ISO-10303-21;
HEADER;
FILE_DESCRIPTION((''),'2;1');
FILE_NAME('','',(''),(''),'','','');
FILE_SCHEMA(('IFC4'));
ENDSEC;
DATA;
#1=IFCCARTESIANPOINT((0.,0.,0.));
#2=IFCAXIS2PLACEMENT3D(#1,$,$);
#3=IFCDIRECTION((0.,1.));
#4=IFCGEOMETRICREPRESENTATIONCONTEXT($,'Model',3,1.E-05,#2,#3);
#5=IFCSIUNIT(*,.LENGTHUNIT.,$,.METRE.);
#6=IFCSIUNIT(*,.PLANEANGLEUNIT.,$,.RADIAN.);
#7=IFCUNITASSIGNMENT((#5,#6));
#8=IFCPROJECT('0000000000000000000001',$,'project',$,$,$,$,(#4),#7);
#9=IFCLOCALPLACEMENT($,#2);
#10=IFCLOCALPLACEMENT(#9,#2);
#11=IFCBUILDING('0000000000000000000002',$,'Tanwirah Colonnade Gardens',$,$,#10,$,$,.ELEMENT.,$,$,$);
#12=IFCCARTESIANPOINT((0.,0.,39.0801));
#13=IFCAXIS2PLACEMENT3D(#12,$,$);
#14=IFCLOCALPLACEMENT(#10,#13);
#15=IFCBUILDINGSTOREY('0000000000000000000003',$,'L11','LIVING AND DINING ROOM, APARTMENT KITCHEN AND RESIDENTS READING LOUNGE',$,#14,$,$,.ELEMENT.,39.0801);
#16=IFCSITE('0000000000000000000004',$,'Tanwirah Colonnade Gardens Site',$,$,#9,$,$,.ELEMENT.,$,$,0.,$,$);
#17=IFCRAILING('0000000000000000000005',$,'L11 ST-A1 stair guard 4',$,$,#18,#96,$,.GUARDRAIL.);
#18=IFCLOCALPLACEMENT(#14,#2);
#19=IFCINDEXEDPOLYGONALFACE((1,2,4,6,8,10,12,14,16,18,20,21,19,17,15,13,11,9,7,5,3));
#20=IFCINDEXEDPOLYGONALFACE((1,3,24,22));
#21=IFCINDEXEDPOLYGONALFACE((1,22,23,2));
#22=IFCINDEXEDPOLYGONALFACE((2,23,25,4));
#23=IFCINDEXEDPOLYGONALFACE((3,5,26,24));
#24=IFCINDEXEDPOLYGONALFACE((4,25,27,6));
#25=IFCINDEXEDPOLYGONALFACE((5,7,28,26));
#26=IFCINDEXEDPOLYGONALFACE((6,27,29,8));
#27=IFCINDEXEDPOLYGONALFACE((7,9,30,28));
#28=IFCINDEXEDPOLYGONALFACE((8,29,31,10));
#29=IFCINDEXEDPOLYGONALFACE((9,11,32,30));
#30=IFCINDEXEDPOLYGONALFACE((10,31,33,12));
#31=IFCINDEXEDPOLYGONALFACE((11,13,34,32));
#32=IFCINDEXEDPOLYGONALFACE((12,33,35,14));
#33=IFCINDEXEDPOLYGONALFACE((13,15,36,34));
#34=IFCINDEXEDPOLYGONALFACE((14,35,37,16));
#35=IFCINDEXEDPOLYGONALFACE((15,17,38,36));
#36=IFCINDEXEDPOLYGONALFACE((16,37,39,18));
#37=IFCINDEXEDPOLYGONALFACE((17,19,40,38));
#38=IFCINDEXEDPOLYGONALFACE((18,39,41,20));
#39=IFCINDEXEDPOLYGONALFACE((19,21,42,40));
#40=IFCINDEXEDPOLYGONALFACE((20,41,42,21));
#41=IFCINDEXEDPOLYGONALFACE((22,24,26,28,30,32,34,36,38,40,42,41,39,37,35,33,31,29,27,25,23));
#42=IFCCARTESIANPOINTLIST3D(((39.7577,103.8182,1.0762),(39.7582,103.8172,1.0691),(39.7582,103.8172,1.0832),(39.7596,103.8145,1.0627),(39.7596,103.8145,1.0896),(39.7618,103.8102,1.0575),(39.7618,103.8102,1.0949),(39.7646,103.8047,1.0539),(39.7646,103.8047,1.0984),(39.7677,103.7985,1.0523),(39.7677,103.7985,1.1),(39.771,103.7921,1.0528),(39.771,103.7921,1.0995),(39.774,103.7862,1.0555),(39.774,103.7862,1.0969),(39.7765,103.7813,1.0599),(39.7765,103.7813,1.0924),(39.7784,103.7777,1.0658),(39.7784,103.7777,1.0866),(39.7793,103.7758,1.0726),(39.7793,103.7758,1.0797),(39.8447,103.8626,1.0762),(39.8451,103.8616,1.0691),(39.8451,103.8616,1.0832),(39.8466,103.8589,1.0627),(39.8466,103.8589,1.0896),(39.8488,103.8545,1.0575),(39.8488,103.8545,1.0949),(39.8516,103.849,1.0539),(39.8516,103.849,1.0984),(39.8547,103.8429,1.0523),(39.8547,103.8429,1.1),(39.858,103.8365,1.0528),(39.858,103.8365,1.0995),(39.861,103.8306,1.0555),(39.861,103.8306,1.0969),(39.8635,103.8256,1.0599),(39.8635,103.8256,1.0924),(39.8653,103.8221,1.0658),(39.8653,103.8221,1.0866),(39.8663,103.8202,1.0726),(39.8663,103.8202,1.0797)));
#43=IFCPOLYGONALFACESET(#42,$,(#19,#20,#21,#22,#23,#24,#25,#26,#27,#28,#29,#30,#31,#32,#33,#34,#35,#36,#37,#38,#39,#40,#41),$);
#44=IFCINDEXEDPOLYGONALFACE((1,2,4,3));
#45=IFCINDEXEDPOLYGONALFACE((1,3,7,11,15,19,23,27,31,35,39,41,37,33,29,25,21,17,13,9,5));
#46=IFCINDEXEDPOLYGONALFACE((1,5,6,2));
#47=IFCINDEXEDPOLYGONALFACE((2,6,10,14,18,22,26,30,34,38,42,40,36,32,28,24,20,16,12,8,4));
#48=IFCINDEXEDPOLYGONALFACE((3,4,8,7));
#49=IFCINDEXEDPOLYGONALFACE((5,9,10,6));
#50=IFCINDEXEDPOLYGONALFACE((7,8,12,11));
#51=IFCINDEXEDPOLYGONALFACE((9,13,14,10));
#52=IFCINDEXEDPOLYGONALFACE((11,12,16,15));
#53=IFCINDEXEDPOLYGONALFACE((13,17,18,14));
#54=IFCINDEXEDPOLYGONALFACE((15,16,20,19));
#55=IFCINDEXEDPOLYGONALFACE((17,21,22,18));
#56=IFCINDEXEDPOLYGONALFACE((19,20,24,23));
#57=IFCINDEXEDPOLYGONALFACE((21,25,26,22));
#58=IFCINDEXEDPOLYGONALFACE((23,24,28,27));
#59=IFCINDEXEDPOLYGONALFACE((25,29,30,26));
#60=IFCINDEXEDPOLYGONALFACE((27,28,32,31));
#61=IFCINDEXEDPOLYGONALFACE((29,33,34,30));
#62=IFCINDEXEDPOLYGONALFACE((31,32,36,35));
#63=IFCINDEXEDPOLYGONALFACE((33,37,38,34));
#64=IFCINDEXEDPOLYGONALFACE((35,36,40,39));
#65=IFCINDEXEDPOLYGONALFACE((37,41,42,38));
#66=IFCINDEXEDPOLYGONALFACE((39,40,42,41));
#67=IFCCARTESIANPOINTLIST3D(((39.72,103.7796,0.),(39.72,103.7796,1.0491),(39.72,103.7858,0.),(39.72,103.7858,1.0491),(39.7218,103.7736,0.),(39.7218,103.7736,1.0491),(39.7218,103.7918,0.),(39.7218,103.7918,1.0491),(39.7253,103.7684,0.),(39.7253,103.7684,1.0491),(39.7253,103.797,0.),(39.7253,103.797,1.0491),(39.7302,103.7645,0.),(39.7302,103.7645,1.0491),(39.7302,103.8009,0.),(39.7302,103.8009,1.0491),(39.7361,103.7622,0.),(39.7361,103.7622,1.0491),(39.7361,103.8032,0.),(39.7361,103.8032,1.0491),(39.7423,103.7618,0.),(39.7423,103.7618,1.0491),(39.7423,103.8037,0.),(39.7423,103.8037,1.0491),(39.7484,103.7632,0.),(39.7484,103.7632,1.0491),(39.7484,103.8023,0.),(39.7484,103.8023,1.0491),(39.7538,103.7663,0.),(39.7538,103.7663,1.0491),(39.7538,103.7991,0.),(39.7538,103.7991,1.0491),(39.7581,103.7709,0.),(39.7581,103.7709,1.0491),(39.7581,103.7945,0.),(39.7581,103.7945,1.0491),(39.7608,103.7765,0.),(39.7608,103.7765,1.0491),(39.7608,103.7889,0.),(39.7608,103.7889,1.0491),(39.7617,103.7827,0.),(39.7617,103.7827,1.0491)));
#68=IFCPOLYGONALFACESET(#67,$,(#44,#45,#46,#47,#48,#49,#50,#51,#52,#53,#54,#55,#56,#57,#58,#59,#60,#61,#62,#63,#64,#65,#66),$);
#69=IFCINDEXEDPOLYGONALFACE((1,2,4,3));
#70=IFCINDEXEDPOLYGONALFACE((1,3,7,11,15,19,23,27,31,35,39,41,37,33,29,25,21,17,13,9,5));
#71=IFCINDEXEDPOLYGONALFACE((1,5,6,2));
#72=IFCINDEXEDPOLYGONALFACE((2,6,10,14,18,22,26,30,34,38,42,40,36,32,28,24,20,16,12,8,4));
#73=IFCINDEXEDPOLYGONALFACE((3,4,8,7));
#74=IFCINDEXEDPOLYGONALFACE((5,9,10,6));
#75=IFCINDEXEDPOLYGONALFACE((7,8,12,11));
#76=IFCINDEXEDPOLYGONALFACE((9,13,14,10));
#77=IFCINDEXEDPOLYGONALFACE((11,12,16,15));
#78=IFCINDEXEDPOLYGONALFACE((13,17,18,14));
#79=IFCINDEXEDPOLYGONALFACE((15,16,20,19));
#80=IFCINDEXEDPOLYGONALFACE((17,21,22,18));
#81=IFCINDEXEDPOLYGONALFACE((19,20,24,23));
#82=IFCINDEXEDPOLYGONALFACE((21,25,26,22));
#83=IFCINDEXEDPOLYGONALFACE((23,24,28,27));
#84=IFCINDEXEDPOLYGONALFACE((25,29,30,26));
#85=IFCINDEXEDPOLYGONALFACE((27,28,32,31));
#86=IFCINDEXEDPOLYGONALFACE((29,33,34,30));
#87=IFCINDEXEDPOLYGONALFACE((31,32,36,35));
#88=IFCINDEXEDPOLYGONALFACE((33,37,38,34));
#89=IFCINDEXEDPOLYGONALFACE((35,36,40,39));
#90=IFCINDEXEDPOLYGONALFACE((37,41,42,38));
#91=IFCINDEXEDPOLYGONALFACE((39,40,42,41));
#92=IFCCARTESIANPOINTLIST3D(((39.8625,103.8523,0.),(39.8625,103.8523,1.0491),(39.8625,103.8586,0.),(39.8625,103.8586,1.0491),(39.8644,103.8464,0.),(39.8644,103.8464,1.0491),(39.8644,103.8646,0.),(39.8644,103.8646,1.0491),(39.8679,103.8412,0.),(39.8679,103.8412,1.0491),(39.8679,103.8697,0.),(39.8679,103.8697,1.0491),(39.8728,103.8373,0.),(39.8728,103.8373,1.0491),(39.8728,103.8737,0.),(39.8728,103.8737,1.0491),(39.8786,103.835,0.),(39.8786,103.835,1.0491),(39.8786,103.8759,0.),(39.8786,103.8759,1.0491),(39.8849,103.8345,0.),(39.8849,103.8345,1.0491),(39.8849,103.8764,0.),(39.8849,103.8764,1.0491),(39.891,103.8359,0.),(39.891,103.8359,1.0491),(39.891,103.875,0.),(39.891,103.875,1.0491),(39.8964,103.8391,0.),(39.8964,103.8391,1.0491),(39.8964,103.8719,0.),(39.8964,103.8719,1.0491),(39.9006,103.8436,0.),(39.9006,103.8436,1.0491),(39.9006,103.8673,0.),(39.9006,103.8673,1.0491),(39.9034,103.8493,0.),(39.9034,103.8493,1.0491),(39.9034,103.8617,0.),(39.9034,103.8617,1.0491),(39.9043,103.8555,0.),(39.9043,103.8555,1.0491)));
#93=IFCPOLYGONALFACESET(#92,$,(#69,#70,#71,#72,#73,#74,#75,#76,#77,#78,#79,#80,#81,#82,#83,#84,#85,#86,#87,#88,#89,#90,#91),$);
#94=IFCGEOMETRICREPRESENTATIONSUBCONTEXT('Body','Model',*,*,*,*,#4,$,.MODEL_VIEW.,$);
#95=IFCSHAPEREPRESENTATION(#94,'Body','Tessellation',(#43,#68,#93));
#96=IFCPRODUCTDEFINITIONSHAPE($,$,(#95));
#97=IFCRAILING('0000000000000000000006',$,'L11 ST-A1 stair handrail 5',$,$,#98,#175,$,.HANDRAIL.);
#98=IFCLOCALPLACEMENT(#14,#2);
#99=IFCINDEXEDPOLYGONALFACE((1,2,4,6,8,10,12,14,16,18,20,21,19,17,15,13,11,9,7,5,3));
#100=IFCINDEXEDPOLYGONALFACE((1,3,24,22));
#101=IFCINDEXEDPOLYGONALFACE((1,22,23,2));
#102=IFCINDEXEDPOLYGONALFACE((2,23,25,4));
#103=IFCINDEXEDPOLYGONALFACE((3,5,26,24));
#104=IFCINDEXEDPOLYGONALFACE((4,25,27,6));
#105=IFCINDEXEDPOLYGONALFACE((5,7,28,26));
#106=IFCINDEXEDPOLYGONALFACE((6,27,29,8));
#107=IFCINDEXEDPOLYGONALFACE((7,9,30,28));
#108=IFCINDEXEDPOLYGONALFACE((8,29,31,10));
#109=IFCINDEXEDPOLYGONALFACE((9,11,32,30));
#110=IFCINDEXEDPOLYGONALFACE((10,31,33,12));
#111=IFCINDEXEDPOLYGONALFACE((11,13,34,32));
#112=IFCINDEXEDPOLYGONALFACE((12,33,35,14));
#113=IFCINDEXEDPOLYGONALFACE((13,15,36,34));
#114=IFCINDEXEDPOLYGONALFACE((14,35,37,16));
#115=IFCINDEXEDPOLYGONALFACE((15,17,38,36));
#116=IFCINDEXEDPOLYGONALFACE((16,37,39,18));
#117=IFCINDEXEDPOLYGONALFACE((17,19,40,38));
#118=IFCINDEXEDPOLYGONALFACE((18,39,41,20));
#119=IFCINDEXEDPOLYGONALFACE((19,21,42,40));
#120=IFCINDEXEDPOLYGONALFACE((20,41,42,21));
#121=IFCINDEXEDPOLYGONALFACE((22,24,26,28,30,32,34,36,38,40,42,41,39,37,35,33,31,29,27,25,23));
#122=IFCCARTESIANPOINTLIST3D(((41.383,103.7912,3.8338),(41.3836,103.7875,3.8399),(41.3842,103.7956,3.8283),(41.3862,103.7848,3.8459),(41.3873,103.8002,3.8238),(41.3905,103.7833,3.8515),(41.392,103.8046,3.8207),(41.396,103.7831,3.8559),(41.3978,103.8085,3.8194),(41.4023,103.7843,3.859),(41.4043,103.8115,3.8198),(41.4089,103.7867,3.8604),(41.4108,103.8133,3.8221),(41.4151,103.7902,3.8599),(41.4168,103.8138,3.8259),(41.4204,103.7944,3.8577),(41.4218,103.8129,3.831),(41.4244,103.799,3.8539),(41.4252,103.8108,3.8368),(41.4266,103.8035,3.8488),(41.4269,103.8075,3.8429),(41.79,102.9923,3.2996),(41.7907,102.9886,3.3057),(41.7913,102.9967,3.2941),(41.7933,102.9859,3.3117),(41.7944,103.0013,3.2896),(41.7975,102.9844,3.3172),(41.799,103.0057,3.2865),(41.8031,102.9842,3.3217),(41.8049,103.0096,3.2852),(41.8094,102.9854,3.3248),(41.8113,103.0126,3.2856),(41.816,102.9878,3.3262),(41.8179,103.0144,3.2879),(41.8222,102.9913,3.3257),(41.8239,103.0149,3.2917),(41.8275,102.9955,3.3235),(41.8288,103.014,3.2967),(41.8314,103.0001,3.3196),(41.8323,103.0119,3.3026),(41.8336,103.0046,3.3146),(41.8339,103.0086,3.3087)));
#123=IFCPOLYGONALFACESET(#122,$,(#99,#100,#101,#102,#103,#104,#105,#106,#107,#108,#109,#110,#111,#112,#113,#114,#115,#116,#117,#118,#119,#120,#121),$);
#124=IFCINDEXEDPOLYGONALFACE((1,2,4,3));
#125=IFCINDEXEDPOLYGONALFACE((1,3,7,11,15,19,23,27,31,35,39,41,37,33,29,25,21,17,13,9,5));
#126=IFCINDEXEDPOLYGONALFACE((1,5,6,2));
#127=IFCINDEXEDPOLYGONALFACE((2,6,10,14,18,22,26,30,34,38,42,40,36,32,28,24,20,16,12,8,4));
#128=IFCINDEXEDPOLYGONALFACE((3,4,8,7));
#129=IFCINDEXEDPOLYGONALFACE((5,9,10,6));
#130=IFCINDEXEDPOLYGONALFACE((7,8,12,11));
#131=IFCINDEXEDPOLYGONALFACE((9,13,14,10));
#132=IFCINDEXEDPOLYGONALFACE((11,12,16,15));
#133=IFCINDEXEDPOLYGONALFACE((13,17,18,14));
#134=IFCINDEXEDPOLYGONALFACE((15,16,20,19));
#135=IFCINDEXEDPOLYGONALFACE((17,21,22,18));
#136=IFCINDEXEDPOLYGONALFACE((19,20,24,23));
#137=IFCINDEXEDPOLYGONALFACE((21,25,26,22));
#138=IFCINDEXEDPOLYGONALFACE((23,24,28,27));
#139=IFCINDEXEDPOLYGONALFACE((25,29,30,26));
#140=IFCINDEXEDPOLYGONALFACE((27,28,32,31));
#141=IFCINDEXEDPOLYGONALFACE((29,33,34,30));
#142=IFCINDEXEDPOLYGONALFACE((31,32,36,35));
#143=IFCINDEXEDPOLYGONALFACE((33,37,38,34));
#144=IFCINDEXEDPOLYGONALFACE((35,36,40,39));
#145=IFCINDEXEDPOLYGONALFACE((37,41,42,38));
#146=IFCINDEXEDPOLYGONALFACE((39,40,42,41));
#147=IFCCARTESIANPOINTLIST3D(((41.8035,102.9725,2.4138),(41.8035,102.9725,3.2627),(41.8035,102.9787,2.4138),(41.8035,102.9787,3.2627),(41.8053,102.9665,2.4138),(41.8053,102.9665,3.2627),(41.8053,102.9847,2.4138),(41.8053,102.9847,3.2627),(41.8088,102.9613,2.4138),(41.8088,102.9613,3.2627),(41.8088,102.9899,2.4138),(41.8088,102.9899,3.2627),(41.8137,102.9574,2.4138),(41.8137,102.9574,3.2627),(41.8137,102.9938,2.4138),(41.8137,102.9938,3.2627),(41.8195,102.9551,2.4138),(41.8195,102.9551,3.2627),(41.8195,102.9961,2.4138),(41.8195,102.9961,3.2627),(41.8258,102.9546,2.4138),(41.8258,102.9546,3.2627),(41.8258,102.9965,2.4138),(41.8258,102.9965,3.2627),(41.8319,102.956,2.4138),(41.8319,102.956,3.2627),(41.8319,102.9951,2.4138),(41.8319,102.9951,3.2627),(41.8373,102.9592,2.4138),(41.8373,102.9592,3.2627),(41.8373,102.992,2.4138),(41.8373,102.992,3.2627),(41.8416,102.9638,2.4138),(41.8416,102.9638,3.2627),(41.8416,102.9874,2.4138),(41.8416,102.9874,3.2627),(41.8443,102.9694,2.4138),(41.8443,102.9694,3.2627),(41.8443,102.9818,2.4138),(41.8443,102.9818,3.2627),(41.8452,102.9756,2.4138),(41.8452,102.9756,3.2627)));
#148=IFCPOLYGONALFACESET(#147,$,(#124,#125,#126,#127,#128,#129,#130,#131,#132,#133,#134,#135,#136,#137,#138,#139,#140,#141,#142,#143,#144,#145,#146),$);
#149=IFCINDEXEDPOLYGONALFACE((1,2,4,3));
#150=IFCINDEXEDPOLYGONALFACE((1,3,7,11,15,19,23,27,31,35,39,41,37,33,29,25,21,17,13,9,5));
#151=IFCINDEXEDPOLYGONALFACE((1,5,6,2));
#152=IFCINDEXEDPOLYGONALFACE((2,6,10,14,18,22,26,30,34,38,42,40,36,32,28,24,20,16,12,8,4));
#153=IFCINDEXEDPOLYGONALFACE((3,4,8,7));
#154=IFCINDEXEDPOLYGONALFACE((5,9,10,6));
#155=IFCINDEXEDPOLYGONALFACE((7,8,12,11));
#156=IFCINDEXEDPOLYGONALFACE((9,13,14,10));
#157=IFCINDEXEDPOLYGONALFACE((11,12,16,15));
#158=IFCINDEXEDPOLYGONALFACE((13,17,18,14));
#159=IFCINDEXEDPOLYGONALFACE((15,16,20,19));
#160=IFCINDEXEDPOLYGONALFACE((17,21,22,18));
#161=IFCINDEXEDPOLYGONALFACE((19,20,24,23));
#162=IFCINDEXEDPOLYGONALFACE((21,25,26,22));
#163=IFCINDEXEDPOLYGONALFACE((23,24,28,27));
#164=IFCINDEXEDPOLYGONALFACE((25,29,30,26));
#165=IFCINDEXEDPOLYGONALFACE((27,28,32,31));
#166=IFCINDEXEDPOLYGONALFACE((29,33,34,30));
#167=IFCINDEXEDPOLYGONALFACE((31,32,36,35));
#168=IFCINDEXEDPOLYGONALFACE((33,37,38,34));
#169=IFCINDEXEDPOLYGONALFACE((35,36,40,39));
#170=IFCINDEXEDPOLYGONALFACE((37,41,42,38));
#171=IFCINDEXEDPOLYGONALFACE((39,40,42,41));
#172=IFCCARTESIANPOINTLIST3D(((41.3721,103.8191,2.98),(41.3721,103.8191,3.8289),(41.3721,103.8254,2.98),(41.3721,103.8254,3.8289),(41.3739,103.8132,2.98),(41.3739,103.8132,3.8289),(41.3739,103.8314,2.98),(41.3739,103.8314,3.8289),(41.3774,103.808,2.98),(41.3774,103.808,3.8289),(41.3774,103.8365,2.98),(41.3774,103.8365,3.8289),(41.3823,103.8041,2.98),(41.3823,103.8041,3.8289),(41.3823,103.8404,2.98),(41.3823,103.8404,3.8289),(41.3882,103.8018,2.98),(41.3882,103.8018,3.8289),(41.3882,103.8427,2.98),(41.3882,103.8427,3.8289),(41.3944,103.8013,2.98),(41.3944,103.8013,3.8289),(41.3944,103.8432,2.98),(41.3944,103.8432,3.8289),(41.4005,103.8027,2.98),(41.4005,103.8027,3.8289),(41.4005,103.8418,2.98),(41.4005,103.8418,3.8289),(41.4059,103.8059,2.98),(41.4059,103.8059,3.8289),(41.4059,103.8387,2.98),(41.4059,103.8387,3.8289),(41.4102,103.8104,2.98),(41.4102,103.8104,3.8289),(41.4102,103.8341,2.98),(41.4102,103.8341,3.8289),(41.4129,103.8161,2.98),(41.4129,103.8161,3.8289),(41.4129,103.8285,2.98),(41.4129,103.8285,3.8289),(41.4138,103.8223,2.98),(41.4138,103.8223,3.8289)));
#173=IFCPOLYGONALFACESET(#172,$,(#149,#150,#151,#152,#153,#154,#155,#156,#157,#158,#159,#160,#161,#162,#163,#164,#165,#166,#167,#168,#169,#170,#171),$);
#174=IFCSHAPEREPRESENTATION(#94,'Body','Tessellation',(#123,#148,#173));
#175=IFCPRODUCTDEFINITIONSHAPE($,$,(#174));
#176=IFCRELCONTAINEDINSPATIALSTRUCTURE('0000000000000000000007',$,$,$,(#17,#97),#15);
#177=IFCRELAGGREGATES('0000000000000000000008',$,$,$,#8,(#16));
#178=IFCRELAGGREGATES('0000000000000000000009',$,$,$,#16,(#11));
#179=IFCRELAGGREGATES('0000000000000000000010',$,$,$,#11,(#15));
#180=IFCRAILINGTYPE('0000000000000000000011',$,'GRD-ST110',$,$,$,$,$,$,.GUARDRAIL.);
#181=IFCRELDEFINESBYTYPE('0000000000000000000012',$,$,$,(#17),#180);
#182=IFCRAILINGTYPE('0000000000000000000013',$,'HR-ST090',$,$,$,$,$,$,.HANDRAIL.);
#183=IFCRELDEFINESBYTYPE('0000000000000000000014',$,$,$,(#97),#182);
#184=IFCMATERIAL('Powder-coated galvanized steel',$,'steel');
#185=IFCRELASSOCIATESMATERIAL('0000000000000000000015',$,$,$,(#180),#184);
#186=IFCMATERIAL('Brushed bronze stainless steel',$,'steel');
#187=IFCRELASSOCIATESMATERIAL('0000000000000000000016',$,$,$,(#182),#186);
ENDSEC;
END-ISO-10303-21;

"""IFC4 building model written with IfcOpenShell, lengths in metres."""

from ifc_helpers import new_model, si_unit, direction, frame, origin, origin_2d, place, context, subcontext, project, spatial, circle, extrude, material, type_object, element, save


model = new_model("IFC4")

# Units and contexts
model_context = context("Model", 3, precision=1e-05, world=origin(), true_north=direction((0.0, 1.0)))
body_context = subcontext(model_context, "Body", "Model", "MODEL_VIEW")
ifc_project = project(units=[si_unit("LENGTHUNIT", "METRE"), si_unit("PLANEANGLEUNIT", "RADIAN")], contexts=[model_context])

# Site, building, storey
site_placement = place(None, origin())
site = spatial("IfcSite", under=ifc_project, at=site_placement, Name="Tanwirah Colonnade Gardens Site", CompositionType="ELEMENT", RefElevation=0.0)
building_placement = place(site_placement, origin())
building = spatial("IfcBuilding", under=site, at=building_placement, Name="Tanwirah Colonnade Gardens", CompositionType="ELEMENT")
storey_placement = place(building_placement, frame((0.0, 0.0, 39.0801)))
storey = spatial("IfcBuildingStorey", under=building, at=storey_placement, Name="L11", Description="LIVING AND DINING ROOM, APARTMENT KITCHEN AND RESIDENTS READING LOUNGE", CompositionType="ELEMENT", Elevation=39.0801)

# Railings
ifc_material_1 = material(Name="Powder-coated galvanized steel", Category="steel")
railing_type_1 = type_object("IfcRailingType", Name="GRD-ST110", PredefinedType="GUARDRAIL", material=ifc_material_1)
railing_1_placement = place(storey_placement, frame((39.7407, 103.7827, 0.0)))
element("IfcRailing", 1, at=railing_1_placement, inside=storey, type_object=railing_type_1, Name="L11 ST-A1 stair guard 4", PredefinedType="GUARDRAIL", context=body_context, shape_type="SweptSolid", body=[
    extrude(circle(Radius=0.0239, at=origin_2d()), frame((0.0278, 0.0142, 1.0762), z_axis=(0.890737, 0.45452, 0.0), x_axis=(-0.45452, 0.890737, 0.0)), (0.0, 0.0, 1.0), 0.0977),
    extrude(circle(Radius=0.021, at=origin_2d()), origin(), (0.0, 0.0, 1.0), 1.0491),
    extrude(circle(Radius=0.021, at=origin_2d()), frame((0.1426, 0.0728, 0.0)), (0.0, 0.0, 1.0), 1.0491),
])
ifc_material_2 = material(Name="Brushed bronze stainless steel", Category="steel")
railing_type_2 = type_object("IfcRailingType", Name="HR-ST090", PredefinedType="HANDRAIL", material=ifc_material_2)
railing_2_placement = place(storey_placement, frame((41.8242, 102.9756, 2.4138)))
element("IfcRailing", 2, at=railing_2_placement, inside=storey, type_object=railing_type_2, Name="L11 ST-A1 stair handrail 5", PredefinedType="HANDRAIL", context=body_context, shape_type="SweptSolid", body=[
    extrude(circle(Radius=0.0239, at=origin_2d()), frame((-0.0122, 0.0239, 0.8918), z_axis=(-0.390008, 0.765448, 0.511844), x_axis=(-0.89101, -0.453984, 0.0)), (0.0, 0.0, 1.0), 1.0437),
    extrude(circle(Radius=0.021, at=origin_2d()), origin(), (0.0, 0.0, 1.0), 0.8489),
    extrude(circle(Radius=0.021, at=origin_2d()), frame((-0.4314, 0.8467, 0.5662)), (0.0, 0.0, 1.0), 0.8489),
])

save(model, "model.ifc")
